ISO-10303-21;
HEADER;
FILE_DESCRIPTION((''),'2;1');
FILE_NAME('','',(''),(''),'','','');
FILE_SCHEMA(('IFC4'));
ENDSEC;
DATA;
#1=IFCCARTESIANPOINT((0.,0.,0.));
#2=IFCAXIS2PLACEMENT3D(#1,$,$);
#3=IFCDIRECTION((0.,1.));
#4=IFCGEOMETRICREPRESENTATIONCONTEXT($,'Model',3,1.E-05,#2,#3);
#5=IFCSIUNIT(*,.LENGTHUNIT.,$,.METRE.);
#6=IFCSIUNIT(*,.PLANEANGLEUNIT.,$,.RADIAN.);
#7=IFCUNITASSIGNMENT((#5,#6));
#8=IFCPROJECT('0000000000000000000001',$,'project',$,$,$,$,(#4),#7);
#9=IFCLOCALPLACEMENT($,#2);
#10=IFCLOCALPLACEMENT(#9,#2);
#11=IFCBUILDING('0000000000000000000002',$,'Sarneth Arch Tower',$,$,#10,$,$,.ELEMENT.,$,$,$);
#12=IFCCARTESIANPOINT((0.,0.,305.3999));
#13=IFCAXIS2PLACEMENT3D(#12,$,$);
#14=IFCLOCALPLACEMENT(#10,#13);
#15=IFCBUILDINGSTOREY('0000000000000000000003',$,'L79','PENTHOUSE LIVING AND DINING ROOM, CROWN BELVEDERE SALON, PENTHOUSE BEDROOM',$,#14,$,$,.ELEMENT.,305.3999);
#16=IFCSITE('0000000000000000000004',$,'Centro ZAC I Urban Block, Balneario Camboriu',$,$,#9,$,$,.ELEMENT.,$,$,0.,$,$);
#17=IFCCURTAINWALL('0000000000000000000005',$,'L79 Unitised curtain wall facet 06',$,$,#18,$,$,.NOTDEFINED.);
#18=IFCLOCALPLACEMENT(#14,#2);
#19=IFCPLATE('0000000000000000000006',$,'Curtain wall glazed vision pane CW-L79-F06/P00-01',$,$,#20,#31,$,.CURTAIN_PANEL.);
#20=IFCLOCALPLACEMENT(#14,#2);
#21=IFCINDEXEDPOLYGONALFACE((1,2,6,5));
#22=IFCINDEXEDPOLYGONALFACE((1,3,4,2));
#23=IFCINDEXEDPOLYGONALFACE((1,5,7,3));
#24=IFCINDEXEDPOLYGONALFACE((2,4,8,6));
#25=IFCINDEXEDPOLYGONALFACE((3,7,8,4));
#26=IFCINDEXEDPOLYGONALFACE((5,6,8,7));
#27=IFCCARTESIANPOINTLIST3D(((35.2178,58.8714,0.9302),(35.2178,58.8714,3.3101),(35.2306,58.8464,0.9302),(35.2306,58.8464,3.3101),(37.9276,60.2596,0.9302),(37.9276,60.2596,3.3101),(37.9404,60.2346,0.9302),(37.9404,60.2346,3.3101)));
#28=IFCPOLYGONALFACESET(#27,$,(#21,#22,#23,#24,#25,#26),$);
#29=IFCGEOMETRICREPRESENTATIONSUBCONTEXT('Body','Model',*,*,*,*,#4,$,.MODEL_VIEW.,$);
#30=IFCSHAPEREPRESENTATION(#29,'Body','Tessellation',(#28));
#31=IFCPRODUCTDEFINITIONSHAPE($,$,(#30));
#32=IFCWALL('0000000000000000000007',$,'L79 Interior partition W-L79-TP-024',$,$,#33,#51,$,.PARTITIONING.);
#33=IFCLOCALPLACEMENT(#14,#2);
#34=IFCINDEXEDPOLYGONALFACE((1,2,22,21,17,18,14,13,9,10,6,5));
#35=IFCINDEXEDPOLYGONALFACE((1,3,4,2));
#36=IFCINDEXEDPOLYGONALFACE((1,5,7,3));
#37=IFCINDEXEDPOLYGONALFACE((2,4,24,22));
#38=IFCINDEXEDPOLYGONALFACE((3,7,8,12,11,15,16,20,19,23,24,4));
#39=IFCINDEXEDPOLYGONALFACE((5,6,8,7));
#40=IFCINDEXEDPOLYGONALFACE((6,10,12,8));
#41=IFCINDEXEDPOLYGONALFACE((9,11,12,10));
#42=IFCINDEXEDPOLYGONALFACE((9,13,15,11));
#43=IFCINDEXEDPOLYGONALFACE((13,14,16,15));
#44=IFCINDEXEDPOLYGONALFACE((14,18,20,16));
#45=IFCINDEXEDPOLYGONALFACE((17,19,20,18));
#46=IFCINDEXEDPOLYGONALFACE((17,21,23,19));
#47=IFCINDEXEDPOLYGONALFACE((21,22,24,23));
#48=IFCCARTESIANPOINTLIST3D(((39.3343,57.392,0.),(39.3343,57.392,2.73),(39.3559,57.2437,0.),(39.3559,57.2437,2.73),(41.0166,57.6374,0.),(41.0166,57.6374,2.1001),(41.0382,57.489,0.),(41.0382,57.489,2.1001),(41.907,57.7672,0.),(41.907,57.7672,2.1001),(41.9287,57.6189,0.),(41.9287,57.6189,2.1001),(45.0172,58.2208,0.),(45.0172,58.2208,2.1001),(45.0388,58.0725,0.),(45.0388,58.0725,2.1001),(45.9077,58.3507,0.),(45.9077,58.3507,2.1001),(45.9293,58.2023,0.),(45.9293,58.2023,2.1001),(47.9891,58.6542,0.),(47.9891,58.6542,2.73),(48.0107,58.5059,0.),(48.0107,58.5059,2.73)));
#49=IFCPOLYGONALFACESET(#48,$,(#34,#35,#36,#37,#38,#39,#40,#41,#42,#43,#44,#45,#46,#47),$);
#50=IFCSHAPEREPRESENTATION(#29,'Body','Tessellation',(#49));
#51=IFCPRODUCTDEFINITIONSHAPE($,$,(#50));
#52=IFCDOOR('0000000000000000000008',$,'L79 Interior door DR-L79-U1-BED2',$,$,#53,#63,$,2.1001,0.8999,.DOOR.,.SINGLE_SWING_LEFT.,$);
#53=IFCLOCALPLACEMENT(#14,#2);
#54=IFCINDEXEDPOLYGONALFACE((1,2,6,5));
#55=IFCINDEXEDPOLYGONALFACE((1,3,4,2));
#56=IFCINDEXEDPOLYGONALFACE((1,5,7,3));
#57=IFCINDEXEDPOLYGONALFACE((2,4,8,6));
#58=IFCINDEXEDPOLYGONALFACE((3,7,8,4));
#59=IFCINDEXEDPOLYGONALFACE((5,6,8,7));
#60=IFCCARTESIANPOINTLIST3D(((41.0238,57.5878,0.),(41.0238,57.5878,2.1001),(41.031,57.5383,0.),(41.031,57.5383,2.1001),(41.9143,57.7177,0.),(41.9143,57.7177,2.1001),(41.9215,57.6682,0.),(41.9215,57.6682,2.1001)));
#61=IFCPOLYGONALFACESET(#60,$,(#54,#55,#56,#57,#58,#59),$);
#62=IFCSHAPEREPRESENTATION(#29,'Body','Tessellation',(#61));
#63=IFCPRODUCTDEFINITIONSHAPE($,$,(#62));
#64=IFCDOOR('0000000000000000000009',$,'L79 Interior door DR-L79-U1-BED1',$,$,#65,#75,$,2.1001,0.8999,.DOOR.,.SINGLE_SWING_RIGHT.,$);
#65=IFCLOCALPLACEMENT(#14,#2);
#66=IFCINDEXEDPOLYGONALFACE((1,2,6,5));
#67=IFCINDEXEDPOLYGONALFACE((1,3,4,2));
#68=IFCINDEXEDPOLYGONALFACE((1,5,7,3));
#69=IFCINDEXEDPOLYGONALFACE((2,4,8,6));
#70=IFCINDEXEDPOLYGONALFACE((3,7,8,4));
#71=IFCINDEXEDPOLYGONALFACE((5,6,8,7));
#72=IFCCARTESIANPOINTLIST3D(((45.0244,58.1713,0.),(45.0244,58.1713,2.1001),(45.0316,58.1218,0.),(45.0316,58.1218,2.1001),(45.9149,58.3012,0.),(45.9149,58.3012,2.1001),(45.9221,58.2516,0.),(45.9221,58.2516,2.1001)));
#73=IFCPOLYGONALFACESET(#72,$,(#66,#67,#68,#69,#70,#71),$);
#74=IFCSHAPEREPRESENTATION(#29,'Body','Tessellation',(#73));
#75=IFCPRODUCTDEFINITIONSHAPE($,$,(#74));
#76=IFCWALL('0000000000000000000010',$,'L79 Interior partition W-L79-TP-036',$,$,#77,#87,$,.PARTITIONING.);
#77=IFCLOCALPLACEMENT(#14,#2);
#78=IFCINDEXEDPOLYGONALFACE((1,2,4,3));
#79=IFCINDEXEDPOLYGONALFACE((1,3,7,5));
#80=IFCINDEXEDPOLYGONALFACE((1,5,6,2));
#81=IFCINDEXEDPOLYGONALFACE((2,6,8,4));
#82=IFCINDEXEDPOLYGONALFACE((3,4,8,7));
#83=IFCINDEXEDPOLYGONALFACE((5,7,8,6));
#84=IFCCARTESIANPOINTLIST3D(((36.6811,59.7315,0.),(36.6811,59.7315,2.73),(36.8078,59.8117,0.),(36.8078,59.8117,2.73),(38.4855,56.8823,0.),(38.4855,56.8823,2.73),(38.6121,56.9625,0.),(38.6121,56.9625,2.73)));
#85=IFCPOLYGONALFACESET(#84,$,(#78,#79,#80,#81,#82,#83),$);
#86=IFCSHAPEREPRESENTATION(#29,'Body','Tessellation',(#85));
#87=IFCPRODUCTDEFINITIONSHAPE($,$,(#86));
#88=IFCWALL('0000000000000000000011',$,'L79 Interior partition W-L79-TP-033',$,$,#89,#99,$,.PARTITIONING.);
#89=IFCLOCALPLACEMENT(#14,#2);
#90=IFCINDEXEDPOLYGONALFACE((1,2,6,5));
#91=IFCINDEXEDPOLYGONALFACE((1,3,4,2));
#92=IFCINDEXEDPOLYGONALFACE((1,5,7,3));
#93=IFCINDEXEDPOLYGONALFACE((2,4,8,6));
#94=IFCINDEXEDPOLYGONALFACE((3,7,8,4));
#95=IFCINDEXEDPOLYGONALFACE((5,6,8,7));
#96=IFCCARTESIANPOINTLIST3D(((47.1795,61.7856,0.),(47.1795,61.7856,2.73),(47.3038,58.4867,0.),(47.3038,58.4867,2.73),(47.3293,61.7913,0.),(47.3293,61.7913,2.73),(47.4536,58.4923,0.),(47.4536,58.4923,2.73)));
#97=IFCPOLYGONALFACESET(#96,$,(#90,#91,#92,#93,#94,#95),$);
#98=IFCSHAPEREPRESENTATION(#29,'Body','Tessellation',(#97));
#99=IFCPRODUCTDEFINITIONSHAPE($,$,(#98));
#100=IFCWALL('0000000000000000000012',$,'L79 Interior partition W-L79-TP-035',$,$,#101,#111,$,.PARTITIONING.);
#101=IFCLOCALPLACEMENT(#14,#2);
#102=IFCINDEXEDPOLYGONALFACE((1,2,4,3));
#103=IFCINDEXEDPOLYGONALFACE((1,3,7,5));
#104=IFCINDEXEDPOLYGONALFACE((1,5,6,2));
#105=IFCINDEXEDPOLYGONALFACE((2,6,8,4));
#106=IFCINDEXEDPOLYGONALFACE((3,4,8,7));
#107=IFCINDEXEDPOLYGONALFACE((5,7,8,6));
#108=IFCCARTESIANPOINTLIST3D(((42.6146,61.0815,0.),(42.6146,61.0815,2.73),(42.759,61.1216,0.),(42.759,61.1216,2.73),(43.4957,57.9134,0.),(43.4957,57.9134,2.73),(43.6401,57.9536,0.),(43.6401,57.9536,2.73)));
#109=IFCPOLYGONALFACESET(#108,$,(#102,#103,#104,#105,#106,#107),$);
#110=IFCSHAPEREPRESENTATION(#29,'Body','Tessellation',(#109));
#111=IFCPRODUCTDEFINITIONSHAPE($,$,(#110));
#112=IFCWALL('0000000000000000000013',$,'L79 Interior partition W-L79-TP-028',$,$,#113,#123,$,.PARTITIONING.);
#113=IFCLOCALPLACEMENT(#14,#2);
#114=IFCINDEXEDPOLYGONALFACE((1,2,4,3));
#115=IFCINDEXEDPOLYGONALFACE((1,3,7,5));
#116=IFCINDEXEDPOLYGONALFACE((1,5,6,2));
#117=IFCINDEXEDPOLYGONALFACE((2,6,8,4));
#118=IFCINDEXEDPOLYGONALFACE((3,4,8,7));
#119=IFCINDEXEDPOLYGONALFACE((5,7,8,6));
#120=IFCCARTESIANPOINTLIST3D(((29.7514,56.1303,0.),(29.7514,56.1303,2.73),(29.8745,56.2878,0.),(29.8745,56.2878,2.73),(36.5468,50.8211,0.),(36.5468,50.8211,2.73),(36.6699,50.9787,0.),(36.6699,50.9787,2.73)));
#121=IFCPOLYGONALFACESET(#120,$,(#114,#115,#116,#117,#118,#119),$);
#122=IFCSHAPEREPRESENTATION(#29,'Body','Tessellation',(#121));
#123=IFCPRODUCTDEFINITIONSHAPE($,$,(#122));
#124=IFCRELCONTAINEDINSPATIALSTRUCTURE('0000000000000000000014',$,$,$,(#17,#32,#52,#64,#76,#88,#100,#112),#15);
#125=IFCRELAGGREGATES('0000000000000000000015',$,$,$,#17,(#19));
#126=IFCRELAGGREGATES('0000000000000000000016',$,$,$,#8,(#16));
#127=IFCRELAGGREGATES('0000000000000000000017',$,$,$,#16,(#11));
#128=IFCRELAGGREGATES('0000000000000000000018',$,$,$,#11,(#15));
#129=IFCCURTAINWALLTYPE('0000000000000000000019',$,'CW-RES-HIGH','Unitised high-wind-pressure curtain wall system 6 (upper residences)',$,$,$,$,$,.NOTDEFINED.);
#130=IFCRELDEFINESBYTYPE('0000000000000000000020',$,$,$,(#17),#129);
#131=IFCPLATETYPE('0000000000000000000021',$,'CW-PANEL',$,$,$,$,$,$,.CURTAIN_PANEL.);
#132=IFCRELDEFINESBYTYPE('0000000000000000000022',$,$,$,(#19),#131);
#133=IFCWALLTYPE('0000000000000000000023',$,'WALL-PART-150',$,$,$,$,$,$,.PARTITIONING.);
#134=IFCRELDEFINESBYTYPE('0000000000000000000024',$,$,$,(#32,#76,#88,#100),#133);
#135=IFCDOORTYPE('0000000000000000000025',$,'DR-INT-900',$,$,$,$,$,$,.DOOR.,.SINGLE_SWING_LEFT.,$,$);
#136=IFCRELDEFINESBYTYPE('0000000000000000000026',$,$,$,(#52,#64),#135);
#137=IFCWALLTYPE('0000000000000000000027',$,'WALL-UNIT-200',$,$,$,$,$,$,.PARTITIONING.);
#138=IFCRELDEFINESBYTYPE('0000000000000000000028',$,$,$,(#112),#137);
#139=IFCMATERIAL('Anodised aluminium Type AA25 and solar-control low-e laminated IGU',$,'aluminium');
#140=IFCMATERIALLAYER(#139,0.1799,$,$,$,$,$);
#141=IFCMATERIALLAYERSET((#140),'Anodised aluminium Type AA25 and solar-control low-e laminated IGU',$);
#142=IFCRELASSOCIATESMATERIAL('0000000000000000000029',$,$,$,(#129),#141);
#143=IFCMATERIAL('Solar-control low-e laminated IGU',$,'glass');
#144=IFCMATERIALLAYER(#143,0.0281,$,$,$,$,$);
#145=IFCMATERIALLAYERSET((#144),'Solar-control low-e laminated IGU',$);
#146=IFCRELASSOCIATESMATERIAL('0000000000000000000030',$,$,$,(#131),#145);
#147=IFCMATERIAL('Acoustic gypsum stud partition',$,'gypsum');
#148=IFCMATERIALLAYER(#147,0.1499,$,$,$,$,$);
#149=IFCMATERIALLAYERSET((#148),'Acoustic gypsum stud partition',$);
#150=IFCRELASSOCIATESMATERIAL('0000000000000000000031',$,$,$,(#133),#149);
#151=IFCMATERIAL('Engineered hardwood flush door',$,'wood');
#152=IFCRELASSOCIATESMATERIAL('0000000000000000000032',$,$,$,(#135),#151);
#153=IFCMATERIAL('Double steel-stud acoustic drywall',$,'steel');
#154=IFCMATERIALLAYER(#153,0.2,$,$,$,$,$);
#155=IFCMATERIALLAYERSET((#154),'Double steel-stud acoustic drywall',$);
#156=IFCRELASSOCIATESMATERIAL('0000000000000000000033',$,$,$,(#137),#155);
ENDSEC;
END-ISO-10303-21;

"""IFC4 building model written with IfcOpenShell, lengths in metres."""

from ifc_helpers import new_model, si_unit, direction, frame, frame_2d, origin, origin_2d, place, context, subcontext, project, spatial, rectangle, extrude, material, layer, layer_set, type_object, element, fill, aggregate, save


model = new_model("IFC4")

# Units and contexts
model_context = context("Model", 3, precision=1e-05, world=origin(), true_north=direction((0.0, 1.0)))
body_context = subcontext(model_context, "Body", "Model", "MODEL_VIEW")
ifc_project = project(units=[si_unit("LENGTHUNIT", "METRE"), si_unit("PLANEANGLEUNIT", "RADIAN")], contexts=[model_context])

# Site, building, storey
site_placement = place(None, origin())
site = spatial("IfcSite", under=ifc_project, at=site_placement, Name="Centro ZAC I Urban Block, Balneario Camboriu", CompositionType="ELEMENT", RefElevation=0.0)
building_placement = place(site_placement, origin())
building = spatial("IfcBuilding", under=site, at=building_placement, Name="Sarneth Arch Tower", CompositionType="ELEMENT")
storey_placement = place(building_placement, frame((0.0, 0.0, 305.3999)))
storey = spatial("IfcBuildingStorey", under=building, at=storey_placement, Name="L79", Description="PENTHOUSE LIVING AND DINING ROOM, CROWN BELVEDERE SALON, PENTHOUSE BEDROOM", CompositionType="ELEMENT", Elevation=305.3999)

# Curtain wall
ifc_material_1 = material(Name="Anodised aluminium Type AA25 and solar-control low-e laminated IGU", Category="aluminium")
ifc_layer_1 = layer(ifc_material_1, 0.1799)
ifc_layer_set_1 = layer_set([ifc_layer_1], Name="Anodised aluminium Type AA25 and solar-control low-e laminated IGU")
curtain_wall_type = type_object("IfcCurtainWallType", Name="CW-RES-HIGH", Description="Unitised high-wind-pressure curtain wall system 6 (upper residences)", PredefinedType="NOTDEFINED", material=ifc_layer_set_1)
curtain_wall_placement = place(storey_placement, origin())
curtain_wall = element("IfcCurtainWall", 1, at=curtain_wall_placement, inside=storey, type_object=curtain_wall_type, Name="L79 Unitised curtain wall facet 06", PredefinedType="NOTDEFINED")

# Plate
ifc_material_2 = material(Name="Solar-control low-e laminated IGU", Category="glass")
ifc_layer_2 = layer(ifc_material_2, 0.0281)
ifc_layer_set_2 = layer_set([ifc_layer_2], Name="Solar-control low-e laminated IGU")
plate_type = type_object("IfcPlateType", Name="CW-PANEL", PredefinedType="CURTAIN_PANEL", material=ifc_layer_set_2)
plate_1_placement = place(storey_placement, frame((36.5791, 59.553, 0.9302), z_axis=(0.0, 0.0, 1.0), x_axis=(-0.89001, -0.455942, 0.0)))
plate_1 = element("IfcPlate", 2, at=plate_1_placement, type_object=plate_type, Name="Curtain wall glazed vision pane CW-L79-F06/P00-01", PredefinedType="CURTAIN_PANEL", context=body_context, shape_type="SweptSolid", body=[
    extrude(rectangle(XDim=3.0447, YDim=0.0281, at=origin_2d()), origin(), (0.0, 0.0, 1.0), 2.3799),
])
aggregate(curtain_wall, [plate_1])

# Wall, openings, doors
ifc_material_3 = material(Name="Acoustic gypsum stud partition", Category="gypsum")
ifc_layer_3 = layer(ifc_material_3, 0.1499)
ifc_layer_set_3 = layer_set([ifc_layer_3], Name="Acoustic gypsum stud partition")
wall_type_1 = type_object("IfcWallType", Name="WALL-PART-150", PredefinedType="PARTITIONING", material=ifc_layer_set_3)
wall_1_placement = place(storey_placement, frame((39.3452, 57.3179, 0.0), z_axis=(0.0, 0.0, 1.0), x_axis=(0.989532, 0.144313, 0.0)))
wall_1 = element("IfcWall", 3, at=wall_1_placement, inside=storey, type_object=wall_type_1, Name="L79 Interior partition W-L79-TP-024", PredefinedType="PARTITIONING", context=body_context, shape_type="SweptSolid", body=[
    extrude(rectangle(XDim=8.7463, YDim=0.1499, at=frame_2d((4.373, 0.0))), origin(), (0.0, 0.0, 1.0), 2.73),
])
opening_1_placement = place(wall_1_placement, frame((1.7, 0.0, 0.0)))
opening_1 = element("IfcOpeningElement", 4, at=opening_1_placement, cuts=wall_1, PredefinedType="OPENING", context=body_context, shape_type="SweptSolid", body=[
    extrude(rectangle(XDim=0.8999, YDim=2.1001, at=frame_2d((0.45, 1.05))), frame((0.0, 0.085, 0.0), z_axis=(0.0, -1.0, 0.0), x_axis=(1.0, 0.0, 0.0)), (0.0, 0.0, 1.0), 0.1699),
])
opening_2_placement = place(wall_1_placement, frame((5.7429, 0.0, 0.0)))
opening_2 = element("IfcOpeningElement", 5, at=opening_2_placement, cuts=wall_1, PredefinedType="OPENING", context=body_context, shape_type="SweptSolid", body=[
    extrude(rectangle(XDim=0.8999, YDim=2.1001, at=frame_2d((0.45, 1.05))), frame((0.0, 0.085, 0.0), z_axis=(0.0, -1.0, 0.0), x_axis=(1.0, 0.0, 0.0)), (0.0, 0.0, 1.0), 0.1699),
])
ifc_material_4 = material(Name="Engineered hardwood flush door", Category="wood")
door_type = type_object("IfcDoorType", Name="DR-INT-900", OperationType="SINGLE_SWING_LEFT", PredefinedType="DOOR", material=ifc_material_4)
door_1_placement = place(opening_1_placement, origin())
door_1 = element("IfcDoor", 6, at=door_1_placement, inside=storey, type_object=door_type, Name="L79 Interior door DR-L79-U1-BED2", OperationType="SINGLE_SWING_LEFT", OverallHeight=2.1001, OverallWidth=0.8999, PredefinedType="DOOR", context=body_context, shape_type="SweptSolid", body=[
    extrude(rectangle(XDim=0.8999, YDim=2.1001, at=frame_2d((0.45, 1.05))), frame((0.0, 0.0249, 0.0), z_axis=(0.0, -1.0, 0.0), x_axis=(1.0, 0.0, 0.0)), (0.0, 0.0, 1.0), 0.05),
])
fill(opening_1, door_1)
door_2_placement = place(opening_2_placement, origin())
door_2 = element("IfcDoor", 7, at=door_2_placement, inside=storey, type_object=door_type, Name="L79 Interior door DR-L79-U1-BED1", OperationType="SINGLE_SWING_RIGHT", OverallHeight=2.1001, OverallWidth=0.8999, PredefinedType="DOOR", context=body_context, shape_type="SweptSolid", body=[
    extrude(rectangle(XDim=0.8999, YDim=2.1001, at=frame_2d((0.45, 1.05))), frame((0.0, 0.0249, 0.0), z_axis=(0.0, -1.0, 0.0), x_axis=(1.0, 0.0, 0.0)), (0.0, 0.0, 1.0), 0.05),
])
fill(opening_2, door_2)

# Walls
wall_2_placement = place(storey_placement, frame((38.5488, 56.9224, 0.0), z_axis=(0.0, 0.0, 1.0), x_axis=(-0.535019, 0.84484, 0.0)))
element("IfcWall", 8, at=wall_2_placement, inside=storey, type_object=wall_type_1, Name="L79 Interior partition W-L79-TP-036", PredefinedType="PARTITIONING", context=body_context, shape_type="SweptSolid", body=[
    extrude(rectangle(XDim=3.3726, YDim=0.1499, at=frame_2d((1.6863, 0.0))), origin(), (0.0, 0.0, 1.0), 2.73),
])
wall_3_placement = place(storey_placement, frame((47.3787, 58.4895, 0.0), z_axis=(0.0, 0.0, 1.0), x_axis=(-0.037644, 0.999291, 0.0)))
element("IfcWall", 9, at=wall_3_placement, inside=storey, type_object=wall_type_1, Name="L79 Interior partition W-L79-TP-033", PredefinedType="PARTITIONING", context=body_context, shape_type="SweptSolid", body=[
    extrude(rectangle(XDim=3.3013, YDim=0.1499, at=frame_2d((1.6506, 0.0))), origin(), (0.0, 0.0, 1.0), 2.73),
])
wall_4_placement = place(storey_placement, frame((43.5679, 57.9336, 0.0), z_axis=(0.0, 0.0, 1.0), x_axis=(-0.267958, 0.963431, 0.0)))
element("IfcWall", 10, at=wall_4_placement, inside=storey, type_object=wall_type_1, Name="L79 Interior partition W-L79-TP-035", PredefinedType="PARTITIONING", context=body_context, shape_type="SweptSolid", body=[
    extrude(rectangle(XDim=3.2883, YDim=0.1499, at=frame_2d((1.644, 0.0))), origin(), (0.0, 0.0, 1.0), 2.73),
])
ifc_material_5 = material(Name="Double steel-stud acoustic drywall", Category="steel")
ifc_layer_4 = layer(ifc_material_5, 0.2)
ifc_layer_set_4 = layer_set([ifc_layer_4], Name="Double steel-stud acoustic drywall")
wall_type_2 = type_object("IfcWallType", Name="WALL-UNIT-200", PredefinedType="PARTITIONING", material=ifc_layer_set_4)
wall_5_placement = place(storey_placement, frame((36.6084, 50.8999, 0.0), z_axis=(0.0, 0.0, 1.0), x_axis=(-0.788015, 0.615656, 0.0)))
element("IfcWall", 11, at=wall_5_placement, inside=storey, type_object=wall_type_2, Name="L79 Interior partition W-L79-TP-028", PredefinedType="PARTITIONING", context=body_context, shape_type="SweptSolid", body=[
    extrude(rectangle(XDim=8.6235, YDim=0.2, at=frame_2d((4.3118, 0.0))), origin(), (0.0, 0.0, 1.0), 2.73),
])

save(model, "model.ifc")
